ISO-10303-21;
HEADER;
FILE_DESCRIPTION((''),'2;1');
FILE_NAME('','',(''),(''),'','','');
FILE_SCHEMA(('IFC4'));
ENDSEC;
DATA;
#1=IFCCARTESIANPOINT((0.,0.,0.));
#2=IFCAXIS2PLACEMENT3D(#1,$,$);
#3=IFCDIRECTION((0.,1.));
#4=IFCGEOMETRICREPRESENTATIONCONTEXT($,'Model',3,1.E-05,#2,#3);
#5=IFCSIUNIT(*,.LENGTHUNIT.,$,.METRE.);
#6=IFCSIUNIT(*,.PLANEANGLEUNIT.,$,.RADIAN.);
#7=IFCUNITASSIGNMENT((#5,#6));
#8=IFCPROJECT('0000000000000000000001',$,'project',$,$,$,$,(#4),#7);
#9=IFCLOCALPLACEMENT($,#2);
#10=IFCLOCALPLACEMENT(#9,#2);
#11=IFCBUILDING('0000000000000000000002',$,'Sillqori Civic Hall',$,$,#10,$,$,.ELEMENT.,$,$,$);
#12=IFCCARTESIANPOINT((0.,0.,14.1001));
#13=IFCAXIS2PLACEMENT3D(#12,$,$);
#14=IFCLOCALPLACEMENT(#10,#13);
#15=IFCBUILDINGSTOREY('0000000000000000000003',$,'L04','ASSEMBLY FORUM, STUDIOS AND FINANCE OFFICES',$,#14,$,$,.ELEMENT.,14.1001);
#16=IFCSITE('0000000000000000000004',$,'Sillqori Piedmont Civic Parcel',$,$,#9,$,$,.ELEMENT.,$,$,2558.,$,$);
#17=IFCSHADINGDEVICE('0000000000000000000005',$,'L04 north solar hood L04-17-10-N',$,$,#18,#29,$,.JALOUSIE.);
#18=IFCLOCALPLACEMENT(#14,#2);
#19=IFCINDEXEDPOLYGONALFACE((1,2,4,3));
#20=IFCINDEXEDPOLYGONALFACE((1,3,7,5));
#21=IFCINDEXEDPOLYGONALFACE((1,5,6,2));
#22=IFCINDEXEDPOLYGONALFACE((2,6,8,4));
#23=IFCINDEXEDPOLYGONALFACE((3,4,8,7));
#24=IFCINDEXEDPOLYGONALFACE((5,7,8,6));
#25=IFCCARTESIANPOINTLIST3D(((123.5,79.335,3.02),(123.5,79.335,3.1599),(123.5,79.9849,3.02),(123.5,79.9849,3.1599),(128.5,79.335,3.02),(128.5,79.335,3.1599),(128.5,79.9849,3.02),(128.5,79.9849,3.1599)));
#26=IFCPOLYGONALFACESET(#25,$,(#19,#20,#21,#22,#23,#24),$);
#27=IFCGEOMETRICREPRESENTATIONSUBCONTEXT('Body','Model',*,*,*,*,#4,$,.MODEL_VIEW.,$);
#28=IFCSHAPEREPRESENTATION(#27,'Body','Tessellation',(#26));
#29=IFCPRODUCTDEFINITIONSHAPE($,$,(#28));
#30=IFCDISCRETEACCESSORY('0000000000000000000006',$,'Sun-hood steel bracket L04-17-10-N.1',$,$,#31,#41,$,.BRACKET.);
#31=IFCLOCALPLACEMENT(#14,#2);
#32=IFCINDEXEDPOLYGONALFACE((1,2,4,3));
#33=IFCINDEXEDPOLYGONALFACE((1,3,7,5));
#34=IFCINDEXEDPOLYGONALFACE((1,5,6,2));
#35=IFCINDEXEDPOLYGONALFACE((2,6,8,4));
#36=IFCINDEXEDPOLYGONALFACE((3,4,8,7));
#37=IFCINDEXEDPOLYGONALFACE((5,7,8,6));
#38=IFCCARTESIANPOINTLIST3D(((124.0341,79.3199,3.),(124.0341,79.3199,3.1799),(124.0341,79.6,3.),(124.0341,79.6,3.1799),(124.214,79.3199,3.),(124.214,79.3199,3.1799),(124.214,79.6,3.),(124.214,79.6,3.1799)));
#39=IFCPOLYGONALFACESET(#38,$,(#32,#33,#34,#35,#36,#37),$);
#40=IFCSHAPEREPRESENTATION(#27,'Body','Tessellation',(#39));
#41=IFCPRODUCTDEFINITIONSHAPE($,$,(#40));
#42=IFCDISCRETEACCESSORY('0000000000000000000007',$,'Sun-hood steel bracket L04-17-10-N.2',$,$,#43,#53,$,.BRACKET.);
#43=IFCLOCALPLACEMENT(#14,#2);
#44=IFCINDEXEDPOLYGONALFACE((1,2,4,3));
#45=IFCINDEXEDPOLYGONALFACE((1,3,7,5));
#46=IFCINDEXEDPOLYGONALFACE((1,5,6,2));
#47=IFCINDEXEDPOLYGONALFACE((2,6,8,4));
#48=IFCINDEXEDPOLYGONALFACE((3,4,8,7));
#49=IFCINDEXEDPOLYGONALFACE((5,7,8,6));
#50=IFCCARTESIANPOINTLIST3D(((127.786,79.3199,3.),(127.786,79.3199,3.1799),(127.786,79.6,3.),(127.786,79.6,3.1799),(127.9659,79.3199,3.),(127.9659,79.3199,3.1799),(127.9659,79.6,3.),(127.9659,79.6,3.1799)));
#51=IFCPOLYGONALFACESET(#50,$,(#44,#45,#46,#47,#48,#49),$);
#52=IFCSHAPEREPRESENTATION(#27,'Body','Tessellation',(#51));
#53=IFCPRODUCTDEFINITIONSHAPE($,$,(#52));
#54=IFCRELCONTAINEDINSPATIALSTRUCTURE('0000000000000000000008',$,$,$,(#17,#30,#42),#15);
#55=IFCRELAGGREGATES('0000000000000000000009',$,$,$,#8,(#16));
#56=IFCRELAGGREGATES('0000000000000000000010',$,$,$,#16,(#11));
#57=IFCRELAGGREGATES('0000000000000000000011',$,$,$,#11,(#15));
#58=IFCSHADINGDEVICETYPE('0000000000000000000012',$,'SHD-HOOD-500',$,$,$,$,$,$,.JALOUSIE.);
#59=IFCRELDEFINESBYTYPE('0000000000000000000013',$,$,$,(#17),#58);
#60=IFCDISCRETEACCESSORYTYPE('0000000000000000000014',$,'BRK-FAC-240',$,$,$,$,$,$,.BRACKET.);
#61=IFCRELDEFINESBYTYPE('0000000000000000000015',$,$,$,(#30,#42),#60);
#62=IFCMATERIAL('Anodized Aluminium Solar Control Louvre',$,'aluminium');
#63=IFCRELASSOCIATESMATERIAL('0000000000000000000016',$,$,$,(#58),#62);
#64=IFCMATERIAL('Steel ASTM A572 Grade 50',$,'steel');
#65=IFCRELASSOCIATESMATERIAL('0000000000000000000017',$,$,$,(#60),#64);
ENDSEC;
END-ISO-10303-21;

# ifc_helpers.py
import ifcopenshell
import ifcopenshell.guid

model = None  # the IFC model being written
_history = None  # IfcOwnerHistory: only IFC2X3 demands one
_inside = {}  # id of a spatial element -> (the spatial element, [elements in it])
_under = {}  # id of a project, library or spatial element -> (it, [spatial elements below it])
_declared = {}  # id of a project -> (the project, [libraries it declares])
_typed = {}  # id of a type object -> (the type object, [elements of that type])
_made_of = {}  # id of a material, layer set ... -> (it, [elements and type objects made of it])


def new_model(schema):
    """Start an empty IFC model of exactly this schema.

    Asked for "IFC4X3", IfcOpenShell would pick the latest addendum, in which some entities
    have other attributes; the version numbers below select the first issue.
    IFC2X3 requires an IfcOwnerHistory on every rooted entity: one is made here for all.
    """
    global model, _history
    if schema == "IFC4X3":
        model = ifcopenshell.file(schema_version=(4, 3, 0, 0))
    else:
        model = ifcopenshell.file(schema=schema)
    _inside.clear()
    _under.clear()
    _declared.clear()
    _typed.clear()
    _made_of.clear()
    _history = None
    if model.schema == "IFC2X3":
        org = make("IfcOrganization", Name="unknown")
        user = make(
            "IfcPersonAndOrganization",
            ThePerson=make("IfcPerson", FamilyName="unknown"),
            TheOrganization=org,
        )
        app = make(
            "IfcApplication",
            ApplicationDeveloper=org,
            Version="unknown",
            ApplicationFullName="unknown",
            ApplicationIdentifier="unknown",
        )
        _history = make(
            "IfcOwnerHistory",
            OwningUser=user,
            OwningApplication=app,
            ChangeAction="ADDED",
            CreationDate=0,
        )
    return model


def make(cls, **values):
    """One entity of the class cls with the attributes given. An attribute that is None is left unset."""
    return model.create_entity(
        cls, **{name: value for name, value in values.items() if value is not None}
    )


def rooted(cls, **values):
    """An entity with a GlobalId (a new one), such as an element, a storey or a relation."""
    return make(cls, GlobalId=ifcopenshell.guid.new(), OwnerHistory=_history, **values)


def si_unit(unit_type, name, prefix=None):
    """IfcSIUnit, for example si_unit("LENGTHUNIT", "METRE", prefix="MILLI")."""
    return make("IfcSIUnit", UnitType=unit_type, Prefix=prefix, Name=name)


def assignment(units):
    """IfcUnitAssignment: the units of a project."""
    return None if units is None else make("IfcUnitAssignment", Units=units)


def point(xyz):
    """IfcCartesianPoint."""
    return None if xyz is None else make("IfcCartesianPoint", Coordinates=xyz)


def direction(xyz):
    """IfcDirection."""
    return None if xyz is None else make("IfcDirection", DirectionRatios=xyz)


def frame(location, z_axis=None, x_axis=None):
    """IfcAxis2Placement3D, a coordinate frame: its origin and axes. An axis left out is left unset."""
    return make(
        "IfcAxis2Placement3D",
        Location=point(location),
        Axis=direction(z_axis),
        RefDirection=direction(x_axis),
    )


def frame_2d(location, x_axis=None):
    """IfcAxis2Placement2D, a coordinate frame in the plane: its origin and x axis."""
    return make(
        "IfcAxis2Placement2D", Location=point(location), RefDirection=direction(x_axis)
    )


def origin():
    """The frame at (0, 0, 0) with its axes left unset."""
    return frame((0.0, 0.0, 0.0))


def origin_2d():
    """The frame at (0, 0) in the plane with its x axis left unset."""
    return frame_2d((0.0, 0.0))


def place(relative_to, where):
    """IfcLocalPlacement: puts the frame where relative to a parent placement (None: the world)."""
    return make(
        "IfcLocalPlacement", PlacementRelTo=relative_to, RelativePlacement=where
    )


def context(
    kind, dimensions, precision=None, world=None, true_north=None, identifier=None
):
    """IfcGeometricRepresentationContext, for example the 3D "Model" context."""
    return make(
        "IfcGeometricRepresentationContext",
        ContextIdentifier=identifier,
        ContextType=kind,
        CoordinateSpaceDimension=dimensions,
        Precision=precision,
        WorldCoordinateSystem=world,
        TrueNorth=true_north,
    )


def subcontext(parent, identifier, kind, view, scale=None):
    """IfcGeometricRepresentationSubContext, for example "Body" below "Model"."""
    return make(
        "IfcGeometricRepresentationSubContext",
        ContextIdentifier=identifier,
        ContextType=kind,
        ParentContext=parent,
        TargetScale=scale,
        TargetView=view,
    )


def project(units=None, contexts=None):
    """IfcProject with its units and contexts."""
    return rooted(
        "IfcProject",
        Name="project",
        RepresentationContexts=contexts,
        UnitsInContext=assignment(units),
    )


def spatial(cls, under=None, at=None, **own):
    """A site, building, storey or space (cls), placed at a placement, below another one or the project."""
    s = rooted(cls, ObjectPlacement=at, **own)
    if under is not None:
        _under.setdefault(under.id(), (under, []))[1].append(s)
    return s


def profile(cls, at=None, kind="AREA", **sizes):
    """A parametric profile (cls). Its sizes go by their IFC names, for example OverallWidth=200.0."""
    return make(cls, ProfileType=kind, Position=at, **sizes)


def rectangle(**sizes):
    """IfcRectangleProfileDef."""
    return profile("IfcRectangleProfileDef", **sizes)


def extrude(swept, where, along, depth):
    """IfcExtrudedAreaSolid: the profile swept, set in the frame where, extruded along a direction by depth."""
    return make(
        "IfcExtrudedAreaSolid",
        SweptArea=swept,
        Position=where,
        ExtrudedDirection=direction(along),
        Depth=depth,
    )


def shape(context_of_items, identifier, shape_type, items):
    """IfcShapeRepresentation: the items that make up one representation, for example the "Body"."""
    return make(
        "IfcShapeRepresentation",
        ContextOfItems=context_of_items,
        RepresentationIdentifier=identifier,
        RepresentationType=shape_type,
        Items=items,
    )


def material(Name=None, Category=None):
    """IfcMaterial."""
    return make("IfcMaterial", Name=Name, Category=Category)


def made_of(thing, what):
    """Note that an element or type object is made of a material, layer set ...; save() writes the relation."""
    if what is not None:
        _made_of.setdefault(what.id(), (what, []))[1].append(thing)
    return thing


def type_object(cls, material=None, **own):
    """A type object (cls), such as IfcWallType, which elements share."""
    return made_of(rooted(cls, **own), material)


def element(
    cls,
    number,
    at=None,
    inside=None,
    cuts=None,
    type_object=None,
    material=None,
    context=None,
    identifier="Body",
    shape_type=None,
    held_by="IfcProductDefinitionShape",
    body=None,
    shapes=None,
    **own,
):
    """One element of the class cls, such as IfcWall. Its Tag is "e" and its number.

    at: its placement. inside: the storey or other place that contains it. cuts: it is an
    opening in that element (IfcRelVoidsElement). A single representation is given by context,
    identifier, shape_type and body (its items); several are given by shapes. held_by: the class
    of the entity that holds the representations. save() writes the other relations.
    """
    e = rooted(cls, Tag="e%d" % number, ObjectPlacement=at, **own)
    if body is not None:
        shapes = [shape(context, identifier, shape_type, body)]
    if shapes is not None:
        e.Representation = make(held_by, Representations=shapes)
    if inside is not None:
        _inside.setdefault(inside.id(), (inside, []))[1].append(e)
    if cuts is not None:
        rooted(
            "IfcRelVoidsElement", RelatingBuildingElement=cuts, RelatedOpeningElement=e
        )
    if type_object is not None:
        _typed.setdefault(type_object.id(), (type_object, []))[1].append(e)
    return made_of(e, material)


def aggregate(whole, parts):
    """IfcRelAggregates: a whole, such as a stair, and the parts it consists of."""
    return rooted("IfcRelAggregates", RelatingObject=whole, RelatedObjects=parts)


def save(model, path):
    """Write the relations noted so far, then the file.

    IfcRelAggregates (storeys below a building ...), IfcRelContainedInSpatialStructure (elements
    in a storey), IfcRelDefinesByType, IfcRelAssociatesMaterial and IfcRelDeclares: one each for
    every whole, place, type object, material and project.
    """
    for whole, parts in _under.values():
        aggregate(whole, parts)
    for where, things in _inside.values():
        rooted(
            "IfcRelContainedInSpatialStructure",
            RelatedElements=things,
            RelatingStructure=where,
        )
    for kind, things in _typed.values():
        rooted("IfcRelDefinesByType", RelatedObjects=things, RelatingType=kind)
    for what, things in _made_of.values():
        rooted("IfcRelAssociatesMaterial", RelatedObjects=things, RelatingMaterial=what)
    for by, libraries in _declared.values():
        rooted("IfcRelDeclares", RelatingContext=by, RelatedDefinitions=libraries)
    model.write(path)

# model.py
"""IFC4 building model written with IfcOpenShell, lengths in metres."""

from ifc_helpers import new_model, si_unit, direction, frame, origin, origin_2d, place, context, subcontext, project, spatial, rectangle, extrude, material, type_object, element, save


model = new_model("IFC4")

# Units and contexts
model_context = context("Model", 3, precision=1e-05, world=origin(), true_north=direction((0.0, 1.0)))
body_context = subcontext(model_context, "Body", "Model", "MODEL_VIEW")
ifc_project = project(units=[si_unit("LENGTHUNIT", "METRE"), si_unit("PLANEANGLEUNIT", "RADIAN")], contexts=[model_context])

# Site, building, storey
site_placement = place(None, origin())
site = spatial("IfcSite", under=ifc_project, at=site_placement, Name="Sillqori Piedmont Civic Parcel", CompositionType="ELEMENT", RefElevation=2558.0)
building_placement = place(site_placement, origin())
building = spatial("IfcBuilding", under=site, at=building_placement, Name="Sillqori Civic Hall", CompositionType="ELEMENT")
storey_placement = place(building_placement, frame((0.0, 0.0, 14.1001)))
storey = spatial("IfcBuildingStorey", under=building, at=storey_placement, Name="L04", Description="ASSEMBLY FORUM, STUDIOS AND FINANCE OFFICES", CompositionType="ELEMENT", Elevation=14.1001)

# Shading device
ifc_material_1 = material(Name="Anodized Aluminium Solar Control Louvre", Category="aluminium")
shading_device_type = type_object("IfcShadingDeviceType", Name="SHD-HOOD-500", PredefinedType="JALOUSIE", material=ifc_material_1)
shading_device_placement = place(storey_placement, frame((126.0, 79.6599, 3.02), z_axis=(0.0, 0.0, 1.0), x_axis=(1.0, 0.0, 0.0)))
element("IfcShadingDevice", 1, at=shading_device_placement, inside=storey, type_object=shading_device_type, Name="L04 north solar hood L04-17-10-N", PredefinedType="JALOUSIE", context=body_context, shape_type="SweptSolid", body=[
    extrude(rectangle(XDim=5.0, YDim=0.6499, at=origin_2d()), origin(), (0.0, 0.0, 1.0), 0.1399),
])

# Discrete accessories
ifc_material_2 = material(Name="Steel ASTM A572 Grade 50", Category="steel")
discrete_accessory_type = type_object("IfcDiscreteAccessoryType", Name="BRK-FAC-240", PredefinedType="BRACKET", material=ifc_material_2)
for number, where, z_axis, x_axis, name in (
    (2, (124.124, 79.46, 3.0), (0.0, 0.0, 1.0), (1.0, 0.0, 0.0), "Sun-hood steel bracket L04-17-10-N.1"),
    (3, (127.876, 79.46, 3.0), (0.0, 0.0, 1.0), (1.0, 0.0, 0.0), "Sun-hood steel bracket L04-17-10-N.2"),
):
    element("IfcDiscreteAccessory", number, at=place(storey_placement, frame(where, z_axis=z_axis, x_axis=x_axis)), inside=storey, type_object=discrete_accessory_type, Name=name, PredefinedType="BRACKET", context=body_context, shape_type="SweptSolid", body=[
        extrude(rectangle(XDim=0.1799, YDim=0.28, at=origin_2d()), origin(), (0.0, 0.0, 1.0), 0.1799),
    ])

save(model, "model.ifc")
